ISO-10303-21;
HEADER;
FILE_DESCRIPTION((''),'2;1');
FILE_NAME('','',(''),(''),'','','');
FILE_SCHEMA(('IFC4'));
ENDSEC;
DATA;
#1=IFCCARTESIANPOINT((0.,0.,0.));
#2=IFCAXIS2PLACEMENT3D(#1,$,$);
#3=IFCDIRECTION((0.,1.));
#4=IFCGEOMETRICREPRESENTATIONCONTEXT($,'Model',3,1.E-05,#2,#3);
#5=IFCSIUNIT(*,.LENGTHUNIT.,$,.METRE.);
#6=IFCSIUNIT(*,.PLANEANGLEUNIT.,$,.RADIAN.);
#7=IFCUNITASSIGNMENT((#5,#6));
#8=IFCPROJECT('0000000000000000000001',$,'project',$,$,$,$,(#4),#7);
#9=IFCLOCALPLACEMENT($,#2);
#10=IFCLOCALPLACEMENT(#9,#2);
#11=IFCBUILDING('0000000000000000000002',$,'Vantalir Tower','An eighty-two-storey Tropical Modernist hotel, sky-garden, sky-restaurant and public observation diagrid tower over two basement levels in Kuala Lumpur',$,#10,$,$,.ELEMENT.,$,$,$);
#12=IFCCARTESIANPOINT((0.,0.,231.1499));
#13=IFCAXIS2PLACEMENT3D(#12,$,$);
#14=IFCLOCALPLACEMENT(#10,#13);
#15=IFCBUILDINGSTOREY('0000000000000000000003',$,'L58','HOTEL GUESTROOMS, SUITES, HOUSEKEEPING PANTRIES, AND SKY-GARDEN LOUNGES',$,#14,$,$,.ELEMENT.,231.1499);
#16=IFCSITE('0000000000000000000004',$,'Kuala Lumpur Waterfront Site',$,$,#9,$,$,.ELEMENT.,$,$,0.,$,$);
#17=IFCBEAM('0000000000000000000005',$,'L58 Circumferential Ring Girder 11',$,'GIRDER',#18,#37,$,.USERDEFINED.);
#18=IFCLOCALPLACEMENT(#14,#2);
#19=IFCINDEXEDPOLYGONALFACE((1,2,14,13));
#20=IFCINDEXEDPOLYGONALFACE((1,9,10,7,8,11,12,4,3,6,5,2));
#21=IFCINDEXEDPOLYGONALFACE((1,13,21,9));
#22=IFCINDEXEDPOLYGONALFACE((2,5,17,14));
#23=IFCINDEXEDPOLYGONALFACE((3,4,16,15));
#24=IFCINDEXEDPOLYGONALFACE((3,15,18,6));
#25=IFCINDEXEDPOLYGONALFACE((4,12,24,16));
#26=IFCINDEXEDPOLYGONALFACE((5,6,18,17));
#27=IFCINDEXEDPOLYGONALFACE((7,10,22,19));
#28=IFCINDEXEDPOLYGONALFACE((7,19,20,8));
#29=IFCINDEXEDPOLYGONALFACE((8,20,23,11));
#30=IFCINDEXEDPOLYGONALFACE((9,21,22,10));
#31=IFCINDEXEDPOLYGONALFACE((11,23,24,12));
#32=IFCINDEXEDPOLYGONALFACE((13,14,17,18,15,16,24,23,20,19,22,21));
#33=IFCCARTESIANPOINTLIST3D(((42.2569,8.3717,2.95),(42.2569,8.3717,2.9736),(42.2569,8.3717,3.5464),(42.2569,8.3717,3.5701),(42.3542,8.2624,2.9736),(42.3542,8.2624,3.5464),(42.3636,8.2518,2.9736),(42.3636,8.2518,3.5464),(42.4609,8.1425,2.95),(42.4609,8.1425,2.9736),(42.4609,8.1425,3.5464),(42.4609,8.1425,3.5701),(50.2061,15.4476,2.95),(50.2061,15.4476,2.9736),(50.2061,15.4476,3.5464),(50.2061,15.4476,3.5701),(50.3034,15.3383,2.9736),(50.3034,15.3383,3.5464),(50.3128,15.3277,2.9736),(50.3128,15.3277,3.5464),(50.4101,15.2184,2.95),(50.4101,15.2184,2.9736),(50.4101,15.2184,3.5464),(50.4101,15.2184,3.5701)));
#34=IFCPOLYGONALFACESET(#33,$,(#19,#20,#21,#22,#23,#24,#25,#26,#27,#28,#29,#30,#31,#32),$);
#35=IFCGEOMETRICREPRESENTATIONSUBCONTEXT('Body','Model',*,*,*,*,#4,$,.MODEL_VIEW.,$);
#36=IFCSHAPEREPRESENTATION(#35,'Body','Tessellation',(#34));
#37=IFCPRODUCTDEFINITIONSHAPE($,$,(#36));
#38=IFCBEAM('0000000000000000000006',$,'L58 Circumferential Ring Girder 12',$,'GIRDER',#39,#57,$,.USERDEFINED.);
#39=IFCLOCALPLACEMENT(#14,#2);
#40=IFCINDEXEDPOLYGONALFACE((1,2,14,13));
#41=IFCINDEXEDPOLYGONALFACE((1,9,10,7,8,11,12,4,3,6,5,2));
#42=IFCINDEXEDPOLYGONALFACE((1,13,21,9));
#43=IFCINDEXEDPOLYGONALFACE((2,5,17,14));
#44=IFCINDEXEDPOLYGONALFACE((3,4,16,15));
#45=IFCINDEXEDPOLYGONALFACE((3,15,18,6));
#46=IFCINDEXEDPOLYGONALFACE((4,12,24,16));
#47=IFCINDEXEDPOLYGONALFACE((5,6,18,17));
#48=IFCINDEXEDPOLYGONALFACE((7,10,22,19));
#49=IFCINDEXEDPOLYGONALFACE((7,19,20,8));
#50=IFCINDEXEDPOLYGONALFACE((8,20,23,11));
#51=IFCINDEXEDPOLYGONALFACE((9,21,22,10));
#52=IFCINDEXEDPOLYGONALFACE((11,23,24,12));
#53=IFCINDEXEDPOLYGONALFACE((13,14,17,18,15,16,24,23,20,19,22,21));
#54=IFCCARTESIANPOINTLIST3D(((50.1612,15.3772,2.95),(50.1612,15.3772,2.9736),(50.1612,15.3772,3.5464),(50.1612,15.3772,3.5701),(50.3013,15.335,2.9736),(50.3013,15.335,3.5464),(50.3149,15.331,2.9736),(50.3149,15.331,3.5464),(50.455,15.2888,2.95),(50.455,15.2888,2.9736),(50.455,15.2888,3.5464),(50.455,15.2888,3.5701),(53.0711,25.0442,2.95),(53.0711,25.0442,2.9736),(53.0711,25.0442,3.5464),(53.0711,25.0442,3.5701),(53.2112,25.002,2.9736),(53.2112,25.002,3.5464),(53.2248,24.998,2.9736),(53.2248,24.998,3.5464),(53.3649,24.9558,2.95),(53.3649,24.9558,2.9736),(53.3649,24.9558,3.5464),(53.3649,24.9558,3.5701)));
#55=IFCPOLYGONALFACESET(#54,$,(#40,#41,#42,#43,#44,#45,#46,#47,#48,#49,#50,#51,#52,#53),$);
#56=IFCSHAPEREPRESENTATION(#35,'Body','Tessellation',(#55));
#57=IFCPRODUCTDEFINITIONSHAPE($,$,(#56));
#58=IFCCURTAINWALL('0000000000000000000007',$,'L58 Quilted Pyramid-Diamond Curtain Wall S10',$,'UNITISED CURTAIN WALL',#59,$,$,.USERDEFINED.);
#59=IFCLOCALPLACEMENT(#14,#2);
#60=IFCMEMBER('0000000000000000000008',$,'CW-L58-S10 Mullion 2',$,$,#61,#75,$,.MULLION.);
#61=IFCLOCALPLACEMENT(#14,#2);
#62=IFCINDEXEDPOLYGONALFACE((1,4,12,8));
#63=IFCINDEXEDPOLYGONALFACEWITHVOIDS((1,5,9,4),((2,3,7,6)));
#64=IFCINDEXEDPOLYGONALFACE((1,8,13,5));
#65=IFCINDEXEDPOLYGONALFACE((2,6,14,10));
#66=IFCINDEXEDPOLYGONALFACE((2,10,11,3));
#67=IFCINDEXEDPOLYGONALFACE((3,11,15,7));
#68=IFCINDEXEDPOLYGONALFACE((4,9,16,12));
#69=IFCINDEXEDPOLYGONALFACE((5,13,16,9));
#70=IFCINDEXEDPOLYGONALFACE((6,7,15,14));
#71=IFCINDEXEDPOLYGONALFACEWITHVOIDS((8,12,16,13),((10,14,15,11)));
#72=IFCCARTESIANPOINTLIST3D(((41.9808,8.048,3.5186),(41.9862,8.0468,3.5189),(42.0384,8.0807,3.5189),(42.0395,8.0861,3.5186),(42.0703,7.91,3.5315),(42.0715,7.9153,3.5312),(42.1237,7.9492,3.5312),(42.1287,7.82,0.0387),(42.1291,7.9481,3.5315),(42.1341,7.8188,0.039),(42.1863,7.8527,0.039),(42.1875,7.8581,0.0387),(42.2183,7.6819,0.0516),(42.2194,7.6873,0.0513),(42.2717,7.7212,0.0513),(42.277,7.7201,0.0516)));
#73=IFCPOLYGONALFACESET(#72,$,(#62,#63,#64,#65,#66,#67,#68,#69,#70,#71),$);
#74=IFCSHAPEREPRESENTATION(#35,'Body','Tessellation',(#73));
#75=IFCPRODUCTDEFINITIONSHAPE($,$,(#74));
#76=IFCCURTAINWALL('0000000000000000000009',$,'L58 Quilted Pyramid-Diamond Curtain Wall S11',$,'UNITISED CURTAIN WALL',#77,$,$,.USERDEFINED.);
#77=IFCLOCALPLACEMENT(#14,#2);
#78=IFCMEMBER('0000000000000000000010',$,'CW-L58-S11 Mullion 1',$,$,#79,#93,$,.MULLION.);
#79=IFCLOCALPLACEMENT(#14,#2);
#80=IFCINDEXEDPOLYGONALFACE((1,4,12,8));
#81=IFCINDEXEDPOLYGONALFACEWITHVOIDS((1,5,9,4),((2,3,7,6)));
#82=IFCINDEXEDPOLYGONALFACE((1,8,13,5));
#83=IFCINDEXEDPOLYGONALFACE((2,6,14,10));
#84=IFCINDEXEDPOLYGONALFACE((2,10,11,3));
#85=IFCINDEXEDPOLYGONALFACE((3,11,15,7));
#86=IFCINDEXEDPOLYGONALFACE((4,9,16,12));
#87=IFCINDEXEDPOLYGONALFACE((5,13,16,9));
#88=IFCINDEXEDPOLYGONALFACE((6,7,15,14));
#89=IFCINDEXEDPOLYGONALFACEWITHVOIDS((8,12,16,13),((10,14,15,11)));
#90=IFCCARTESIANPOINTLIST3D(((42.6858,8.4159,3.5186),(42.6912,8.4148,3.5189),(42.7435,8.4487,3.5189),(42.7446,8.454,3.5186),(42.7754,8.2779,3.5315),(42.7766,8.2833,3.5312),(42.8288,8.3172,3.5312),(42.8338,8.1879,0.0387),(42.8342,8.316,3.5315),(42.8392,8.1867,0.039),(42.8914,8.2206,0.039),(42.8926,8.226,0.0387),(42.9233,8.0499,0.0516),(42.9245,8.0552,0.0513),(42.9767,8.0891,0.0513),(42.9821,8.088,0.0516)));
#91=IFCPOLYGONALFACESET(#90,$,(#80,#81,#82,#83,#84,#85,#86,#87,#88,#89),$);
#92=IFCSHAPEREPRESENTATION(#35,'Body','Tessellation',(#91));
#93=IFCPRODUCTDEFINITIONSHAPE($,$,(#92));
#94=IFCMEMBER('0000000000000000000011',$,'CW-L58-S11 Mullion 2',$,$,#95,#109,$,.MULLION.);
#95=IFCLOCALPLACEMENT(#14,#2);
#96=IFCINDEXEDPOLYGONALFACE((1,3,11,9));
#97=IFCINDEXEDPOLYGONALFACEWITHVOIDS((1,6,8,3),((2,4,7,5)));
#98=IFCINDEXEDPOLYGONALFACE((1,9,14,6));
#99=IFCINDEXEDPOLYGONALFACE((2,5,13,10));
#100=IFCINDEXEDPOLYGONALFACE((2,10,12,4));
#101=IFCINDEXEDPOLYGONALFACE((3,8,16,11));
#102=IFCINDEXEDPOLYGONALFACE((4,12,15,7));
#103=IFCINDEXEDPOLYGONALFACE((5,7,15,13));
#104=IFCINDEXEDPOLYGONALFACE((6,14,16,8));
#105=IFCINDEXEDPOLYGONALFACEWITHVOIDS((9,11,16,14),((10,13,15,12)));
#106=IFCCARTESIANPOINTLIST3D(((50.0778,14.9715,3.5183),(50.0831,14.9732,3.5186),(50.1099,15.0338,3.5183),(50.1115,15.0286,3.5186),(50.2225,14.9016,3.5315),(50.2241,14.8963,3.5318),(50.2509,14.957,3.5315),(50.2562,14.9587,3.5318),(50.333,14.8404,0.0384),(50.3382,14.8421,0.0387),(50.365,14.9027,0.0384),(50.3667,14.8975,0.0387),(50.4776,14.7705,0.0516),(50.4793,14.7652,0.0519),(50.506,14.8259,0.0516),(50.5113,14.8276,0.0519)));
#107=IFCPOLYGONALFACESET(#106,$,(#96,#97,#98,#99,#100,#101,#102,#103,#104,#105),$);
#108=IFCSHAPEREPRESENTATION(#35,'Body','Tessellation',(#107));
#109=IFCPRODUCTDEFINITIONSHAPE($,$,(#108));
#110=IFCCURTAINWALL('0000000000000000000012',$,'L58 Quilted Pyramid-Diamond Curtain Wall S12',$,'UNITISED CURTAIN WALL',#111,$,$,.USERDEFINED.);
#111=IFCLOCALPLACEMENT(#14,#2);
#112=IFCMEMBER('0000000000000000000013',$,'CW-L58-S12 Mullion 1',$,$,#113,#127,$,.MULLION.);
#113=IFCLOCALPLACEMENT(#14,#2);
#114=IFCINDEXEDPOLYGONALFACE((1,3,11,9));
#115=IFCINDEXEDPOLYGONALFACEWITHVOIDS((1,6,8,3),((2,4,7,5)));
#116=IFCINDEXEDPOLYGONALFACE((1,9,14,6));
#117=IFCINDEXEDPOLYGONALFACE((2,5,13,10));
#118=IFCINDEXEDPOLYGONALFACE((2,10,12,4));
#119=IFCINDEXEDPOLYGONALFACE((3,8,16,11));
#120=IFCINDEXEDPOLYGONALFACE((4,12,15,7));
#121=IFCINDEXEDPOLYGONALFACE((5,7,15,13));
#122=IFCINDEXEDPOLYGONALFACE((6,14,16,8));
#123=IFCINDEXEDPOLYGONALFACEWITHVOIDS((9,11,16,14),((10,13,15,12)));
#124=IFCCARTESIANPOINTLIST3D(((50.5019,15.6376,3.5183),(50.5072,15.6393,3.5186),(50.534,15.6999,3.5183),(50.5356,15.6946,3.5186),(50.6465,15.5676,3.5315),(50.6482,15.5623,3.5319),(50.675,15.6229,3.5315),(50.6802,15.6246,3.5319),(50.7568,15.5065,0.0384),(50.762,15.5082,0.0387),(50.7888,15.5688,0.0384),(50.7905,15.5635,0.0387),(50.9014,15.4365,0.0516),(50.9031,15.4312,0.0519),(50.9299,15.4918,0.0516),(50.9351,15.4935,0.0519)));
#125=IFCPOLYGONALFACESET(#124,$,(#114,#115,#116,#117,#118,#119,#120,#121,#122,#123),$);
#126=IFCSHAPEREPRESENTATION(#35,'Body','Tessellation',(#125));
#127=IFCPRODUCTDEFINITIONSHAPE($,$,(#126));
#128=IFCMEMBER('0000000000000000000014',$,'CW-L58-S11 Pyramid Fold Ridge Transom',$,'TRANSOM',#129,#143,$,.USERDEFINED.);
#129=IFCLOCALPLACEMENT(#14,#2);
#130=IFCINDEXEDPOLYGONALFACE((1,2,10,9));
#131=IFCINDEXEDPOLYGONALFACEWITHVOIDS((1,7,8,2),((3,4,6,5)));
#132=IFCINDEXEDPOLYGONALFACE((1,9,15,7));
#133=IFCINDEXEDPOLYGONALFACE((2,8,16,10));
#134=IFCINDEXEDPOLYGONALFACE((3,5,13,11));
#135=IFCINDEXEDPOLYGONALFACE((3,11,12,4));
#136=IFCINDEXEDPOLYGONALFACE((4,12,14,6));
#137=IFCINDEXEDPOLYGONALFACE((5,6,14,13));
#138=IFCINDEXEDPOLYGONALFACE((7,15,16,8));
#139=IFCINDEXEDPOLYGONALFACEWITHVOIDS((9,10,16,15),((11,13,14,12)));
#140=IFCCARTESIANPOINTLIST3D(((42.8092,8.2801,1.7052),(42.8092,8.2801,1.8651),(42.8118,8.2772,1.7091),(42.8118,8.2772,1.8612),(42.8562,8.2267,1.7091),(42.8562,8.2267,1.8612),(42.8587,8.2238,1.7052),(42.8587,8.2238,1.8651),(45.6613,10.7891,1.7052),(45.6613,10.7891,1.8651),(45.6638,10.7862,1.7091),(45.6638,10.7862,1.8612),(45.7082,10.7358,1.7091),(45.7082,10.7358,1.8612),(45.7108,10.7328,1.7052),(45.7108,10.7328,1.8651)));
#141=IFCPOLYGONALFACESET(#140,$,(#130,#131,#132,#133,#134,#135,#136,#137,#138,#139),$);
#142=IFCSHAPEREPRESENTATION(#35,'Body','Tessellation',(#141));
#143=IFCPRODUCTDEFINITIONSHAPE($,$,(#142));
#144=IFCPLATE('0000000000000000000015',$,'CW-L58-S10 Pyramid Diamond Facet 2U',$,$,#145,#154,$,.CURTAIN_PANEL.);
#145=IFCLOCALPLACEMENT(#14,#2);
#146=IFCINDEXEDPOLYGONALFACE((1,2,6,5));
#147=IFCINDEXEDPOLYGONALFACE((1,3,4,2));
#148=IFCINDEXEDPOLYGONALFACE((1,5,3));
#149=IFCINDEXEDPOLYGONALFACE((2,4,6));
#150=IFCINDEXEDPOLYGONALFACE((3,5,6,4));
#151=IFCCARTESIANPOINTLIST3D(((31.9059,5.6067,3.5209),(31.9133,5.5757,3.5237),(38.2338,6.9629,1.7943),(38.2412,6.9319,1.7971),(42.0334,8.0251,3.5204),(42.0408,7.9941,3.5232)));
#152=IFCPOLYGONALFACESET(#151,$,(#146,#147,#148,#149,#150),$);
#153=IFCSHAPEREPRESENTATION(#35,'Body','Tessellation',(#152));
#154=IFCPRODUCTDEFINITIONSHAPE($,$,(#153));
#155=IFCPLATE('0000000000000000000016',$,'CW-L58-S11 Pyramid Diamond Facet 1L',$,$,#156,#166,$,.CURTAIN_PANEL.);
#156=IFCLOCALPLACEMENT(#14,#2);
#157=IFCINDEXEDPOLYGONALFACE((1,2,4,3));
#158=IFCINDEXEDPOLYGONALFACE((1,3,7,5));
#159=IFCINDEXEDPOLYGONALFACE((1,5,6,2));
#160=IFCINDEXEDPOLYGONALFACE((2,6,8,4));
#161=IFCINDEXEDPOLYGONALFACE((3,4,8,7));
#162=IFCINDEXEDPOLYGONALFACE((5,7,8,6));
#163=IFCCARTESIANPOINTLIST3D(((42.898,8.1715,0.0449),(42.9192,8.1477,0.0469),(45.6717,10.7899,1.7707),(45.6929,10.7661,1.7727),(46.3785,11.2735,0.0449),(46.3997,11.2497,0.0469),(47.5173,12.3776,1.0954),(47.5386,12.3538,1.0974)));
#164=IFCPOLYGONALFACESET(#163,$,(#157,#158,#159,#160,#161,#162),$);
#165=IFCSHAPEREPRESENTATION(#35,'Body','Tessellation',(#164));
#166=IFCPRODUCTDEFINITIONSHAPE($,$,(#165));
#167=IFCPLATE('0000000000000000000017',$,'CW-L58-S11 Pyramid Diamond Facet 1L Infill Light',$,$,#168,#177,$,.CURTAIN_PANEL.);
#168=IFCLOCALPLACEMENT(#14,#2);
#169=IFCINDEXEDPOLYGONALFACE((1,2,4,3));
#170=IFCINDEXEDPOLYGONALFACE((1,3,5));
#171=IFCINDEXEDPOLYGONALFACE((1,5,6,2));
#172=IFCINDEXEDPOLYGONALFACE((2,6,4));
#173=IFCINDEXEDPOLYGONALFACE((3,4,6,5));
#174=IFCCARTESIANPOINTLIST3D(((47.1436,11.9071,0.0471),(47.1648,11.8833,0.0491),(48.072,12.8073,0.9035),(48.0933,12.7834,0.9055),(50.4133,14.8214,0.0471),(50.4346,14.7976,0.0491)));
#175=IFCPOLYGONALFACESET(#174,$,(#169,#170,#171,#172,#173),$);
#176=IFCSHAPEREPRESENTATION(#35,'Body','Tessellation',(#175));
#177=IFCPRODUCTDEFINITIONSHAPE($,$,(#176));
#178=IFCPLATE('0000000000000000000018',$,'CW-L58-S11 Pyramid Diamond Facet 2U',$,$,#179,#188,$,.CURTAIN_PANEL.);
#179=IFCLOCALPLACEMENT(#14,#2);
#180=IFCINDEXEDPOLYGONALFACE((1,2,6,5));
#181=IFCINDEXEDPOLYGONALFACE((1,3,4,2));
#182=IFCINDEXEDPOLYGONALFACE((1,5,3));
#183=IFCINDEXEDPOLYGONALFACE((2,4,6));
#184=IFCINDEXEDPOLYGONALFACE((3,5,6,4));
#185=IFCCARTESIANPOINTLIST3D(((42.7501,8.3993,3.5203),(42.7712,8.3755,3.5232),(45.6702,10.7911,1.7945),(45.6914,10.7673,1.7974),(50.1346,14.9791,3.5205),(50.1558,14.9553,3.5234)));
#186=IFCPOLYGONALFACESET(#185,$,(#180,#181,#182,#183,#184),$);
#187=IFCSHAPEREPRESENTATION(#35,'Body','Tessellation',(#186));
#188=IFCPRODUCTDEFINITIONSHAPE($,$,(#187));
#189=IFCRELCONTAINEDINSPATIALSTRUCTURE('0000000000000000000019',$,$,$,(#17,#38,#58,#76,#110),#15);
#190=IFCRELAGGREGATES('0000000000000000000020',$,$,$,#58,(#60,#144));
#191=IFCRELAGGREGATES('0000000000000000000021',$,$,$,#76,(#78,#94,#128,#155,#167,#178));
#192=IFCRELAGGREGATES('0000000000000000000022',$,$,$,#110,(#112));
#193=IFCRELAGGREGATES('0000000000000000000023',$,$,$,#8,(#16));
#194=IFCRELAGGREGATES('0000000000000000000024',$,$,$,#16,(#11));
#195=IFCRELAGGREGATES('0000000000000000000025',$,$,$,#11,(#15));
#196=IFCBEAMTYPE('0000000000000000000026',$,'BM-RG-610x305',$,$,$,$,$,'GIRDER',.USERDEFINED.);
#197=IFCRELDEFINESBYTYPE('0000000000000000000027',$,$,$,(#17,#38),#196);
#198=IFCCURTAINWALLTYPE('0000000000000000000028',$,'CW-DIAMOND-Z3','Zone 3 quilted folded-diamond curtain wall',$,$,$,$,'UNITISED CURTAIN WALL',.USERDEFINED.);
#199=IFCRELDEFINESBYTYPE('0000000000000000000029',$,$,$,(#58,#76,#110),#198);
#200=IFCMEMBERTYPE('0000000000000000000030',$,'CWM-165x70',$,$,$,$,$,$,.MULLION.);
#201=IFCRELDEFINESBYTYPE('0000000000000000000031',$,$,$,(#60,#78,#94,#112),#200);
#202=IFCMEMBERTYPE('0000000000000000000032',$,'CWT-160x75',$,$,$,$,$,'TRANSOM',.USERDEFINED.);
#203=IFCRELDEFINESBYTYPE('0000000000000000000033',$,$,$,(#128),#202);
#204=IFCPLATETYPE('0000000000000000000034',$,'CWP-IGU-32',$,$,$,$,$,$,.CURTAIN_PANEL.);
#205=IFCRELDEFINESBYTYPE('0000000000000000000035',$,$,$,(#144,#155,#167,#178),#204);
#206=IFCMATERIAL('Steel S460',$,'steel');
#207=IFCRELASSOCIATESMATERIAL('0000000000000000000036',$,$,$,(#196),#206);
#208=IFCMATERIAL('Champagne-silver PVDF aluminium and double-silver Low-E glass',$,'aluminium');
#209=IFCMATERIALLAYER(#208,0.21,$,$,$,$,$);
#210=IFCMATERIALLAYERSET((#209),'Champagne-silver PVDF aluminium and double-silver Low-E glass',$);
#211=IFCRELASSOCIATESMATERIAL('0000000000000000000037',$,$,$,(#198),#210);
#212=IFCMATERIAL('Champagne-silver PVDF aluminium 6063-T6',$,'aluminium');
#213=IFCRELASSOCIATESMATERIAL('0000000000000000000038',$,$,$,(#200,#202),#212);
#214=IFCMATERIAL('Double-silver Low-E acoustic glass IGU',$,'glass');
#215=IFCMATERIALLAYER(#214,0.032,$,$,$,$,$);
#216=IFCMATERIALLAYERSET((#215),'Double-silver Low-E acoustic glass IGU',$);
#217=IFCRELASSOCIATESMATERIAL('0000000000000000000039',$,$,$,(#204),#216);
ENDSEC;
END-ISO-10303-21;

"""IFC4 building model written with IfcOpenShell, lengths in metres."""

from ifc_helpers import new_model, si_unit, direction, frame, origin, origin_2d, place, context, subcontext, project, spatial, polyline, hollow_rectangle, i_section, outline, extrude, material, layer, layer_set, material_profile, profile_set, type_object, element, aggregate, save


model = new_model("IFC4")

# Units and contexts
model_context = context("Model", 3, precision=1e-05, world=origin(), true_north=direction((0.0, 1.0)))
body_context = subcontext(model_context, "Body", "Model", "MODEL_VIEW")
ifc_project = project(units=[si_unit("LENGTHUNIT", "METRE"), si_unit("PLANEANGLEUNIT", "RADIAN")], contexts=[model_context])

# Site, building, storey
site_placement = place(None, origin())
site = spatial("IfcSite", under=ifc_project, at=site_placement, Name="Kuala Lumpur Waterfront Site", CompositionType="ELEMENT", RefElevation=0.0)
building_placement = place(site_placement, origin())
building = spatial("IfcBuilding", under=site, at=building_placement, Name="Vantalir Tower", Description="An eighty-two-storey Tropical Modernist hotel, sky-garden, sky-restaurant and public observation diagrid tower over two basement levels in Kuala Lumpur", CompositionType="ELEMENT")
storey_placement = place(building_placement, frame((0.0, 0.0, 231.1499)))
storey = spatial("IfcBuildingStorey", under=building, at=storey_placement, Name="L58", Description="HOTEL GUESTROOMS, SUITES, HOUSEKEEPING PANTRIES, AND SKY-GARDEN LOUNGES", CompositionType="ELEMENT", Elevation=231.1499)

# Shared definitions
ifc_material_1 = material(Name="Steel S460", Category="steel")

# Beams
ifc_material_profile_1 = material_profile(ifc_material_1, i_section(OverallWidth=0.3069, OverallDepth=0.6201, WebThickness=0.0142, FlangeThickness=0.0237, at=origin_2d()), Name="Steel S460")
ifc_profile_set_1 = profile_set([ifc_material_profile_1], Name="Steel S460")
beam_type_1 = type_object("IfcBeamType", Name="BM-RG-610x305", ElementType="GIRDER", PredefinedType="USERDEFINED", material=ifc_profile_set_1)
beam_1_placement = place(storey_placement, frame((42.3589, 8.2571, 3.26), z_axis=(0.746945, 0.664886, 0.0), x_axis=(-0.664886, 0.746945, 0.0)))
element("IfcBeam", 1, at=beam_1_placement, inside=storey, type_object=beam_type_1, Name="L58 Circumferential Ring Girder 11", ObjectType="GIRDER", PredefinedType="USERDEFINED", context=body_context, shape_type="SweptSolid", body=[
    extrude(i_section(OverallWidth=0.3069, OverallDepth=0.6201, WebThickness=0.0142, FlangeThickness=0.0237, at=origin_2d()), origin(), (0.0, 0.0, 1.0), 10.6423),
])
beam_2_placement = place(storey_placement, frame((50.3081, 15.333, 3.26), z_axis=(0.28824, 0.957558, 0.0), x_axis=(-0.957558, 0.28824, 0.0)))
element("IfcBeam", 2, at=beam_2_placement, inside=storey, type_object=beam_type_1, Name="L58 Circumferential Ring Girder 12", ObjectType="GIRDER", PredefinedType="USERDEFINED", context=body_context, shape_type="SweptSolid", body=[
    extrude(i_section(OverallWidth=0.3069, OverallDepth=0.6201, WebThickness=0.0142, FlangeThickness=0.0237, at=origin_2d()), origin(), (0.0, 0.0, 1.0), 10.0955),
])

# Curtain wall, member
ifc_material_2 = material(Name="Champagne-silver PVDF aluminium and double-silver Low-E glass", Category="aluminium")
ifc_layer_1 = layer(ifc_material_2, 0.21)
ifc_layer_set_1 = layer_set([ifc_layer_1], Name="Champagne-silver PVDF aluminium and double-silver Low-E glass")
curtain_wall_type = type_object("IfcCurtainWallType", Name="CW-DIAMOND-Z3", Description="Zone 3 quilted folded-diamond curtain wall", ElementType="UNITISED CURTAIN WALL", PredefinedType="USERDEFINED", material=ifc_layer_set_1)
curtain_wall_1_placement = place(storey_placement, origin())
curtain_wall_1 = element("IfcCurtainWall", 3, at=curtain_wall_1_placement, inside=storey, type_object=curtain_wall_type, Name="L58 Quilted Pyramid-Diamond Curtain Wall S10", ObjectType="UNITISED CURTAIN WALL", PredefinedType="USERDEFINED")
ifc_material_3 = material(Name="Champagne-silver PVDF aluminium 6063-T6", Category="aluminium")
ifc_material_profile_2 = material_profile(ifc_material_3, hollow_rectangle(XDim=0.0701, YDim=0.165, WallThickness=0.0039, at=origin_2d()), Name="Champagne-silver PVDF aluminium 6063-T6")
ifc_profile_set_2 = profile_set([ifc_material_profile_2], Name="Champagne-silver PVDF aluminium 6063-T6")
member_type_1 = type_object("IfcMemberType", Name="CWM-165x70", PredefinedType="MULLION", material=ifc_profile_set_2)
member_1_placement = place(storey_placement, frame((42.2029, 7.77, 0.0452), z_axis=(-0.042385, 0.065326, 0.996963), x_axis=(-0.838895, -0.544294, 0.0)))
member_1 = element("IfcMember", 4, at=member_1_placement, type_object=member_type_1, Name="CW-L58-S10 Mullion 2", PredefinedType="MULLION", context=body_context, shape_type="SweptSolid", body=[
    extrude(hollow_rectangle(XDim=0.0701, YDim=0.165, WallThickness=0.0039, at=origin_2d()), origin(), (0.0, 0.0, 1.0), 3.4905),
])

# Curtain wall, members
curtain_wall_2_placement = place(storey_placement, origin())
curtain_wall_2 = element("IfcCurtainWall", 5, at=curtain_wall_2_placement, inside=storey, type_object=curtain_wall_type, Name="L58 Quilted Pyramid-Diamond Curtain Wall S11", ObjectType="UNITISED CURTAIN WALL", PredefinedType="USERDEFINED")
member_2_placement = place(storey_placement, frame((42.908, 8.1379, 0.0452), z_axis=(-0.042385, 0.065326, 0.996963), x_axis=(-0.838895, -0.544294, 0.0)))
member_2 = element("IfcMember", 6, at=member_2_placement, type_object=member_type_1, Name="CW-L58-S11 Mullion 1", PredefinedType="MULLION", context=body_context, shape_type="SweptSolid", body=[
    extrude(hollow_rectangle(XDim=0.0701, YDim=0.165, WallThickness=0.0039, at=origin_2d()), origin(), (0.0, 0.0, 1.0), 3.4905),
])
member_3_placement = place(storey_placement, frame((50.4221, 14.834, 0.0452), z_axis=(-0.073065, 0.037546, 0.99662), x_axis=(-0.45706, -0.889436, 0.0)))
member_3 = element("IfcMember", 7, at=member_3_placement, type_object=member_type_1, Name="CW-L58-S11 Mullion 2", PredefinedType="MULLION", context=body_context, shape_type="SweptSolid", body=[
    extrude(hollow_rectangle(XDim=0.0701, YDim=0.165, WallThickness=0.0039, at=origin_2d()), origin(), (0.0, 0.0, 1.0), 3.4917),
])

# Curtain wall, member
curtain_wall_3_placement = place(storey_placement, origin())
curtain_wall_3 = element("IfcCurtainWall", 8, at=curtain_wall_3_placement, inside=storey, type_object=curtain_wall_type, Name="L58 Quilted Pyramid-Diamond Curtain Wall S12", ObjectType="UNITISED CURTAIN WALL", PredefinedType="USERDEFINED")
member_4_placement = place(storey_placement, frame((50.8459, 15.5, 0.0452), z_axis=(-0.072995, 0.037546, 0.996625), x_axis=(-0.457406, -0.889258, 0.0)))
member_4 = element("IfcMember", 9, at=member_4_placement, type_object=member_type_1, Name="CW-L58-S12 Mullion 1", PredefinedType="MULLION", context=body_context, shape_type="SweptSolid", body=[
    extrude(hollow_rectangle(XDim=0.0701, YDim=0.165, WallThickness=0.0039, at=origin_2d()), origin(), (0.0, 0.0, 1.0), 3.4917),
])

# Member
ifc_material_profile_3 = material_profile(ifc_material_3, hollow_rectangle(XDim=0.075, YDim=0.1599, WallThickness=0.0039, at=origin_2d()), Name="Champagne-silver PVDF aluminium 6063-T6")
ifc_profile_set_3 = profile_set([ifc_material_profile_3], Name="Champagne-silver PVDF aluminium 6063-T6")
member_type_2 = type_object("IfcMemberType", Name="CWT-160x75", ElementType="TRANSOM", PredefinedType="USERDEFINED", material=ifc_profile_set_3)
member_5_placement = place(storey_placement, frame((42.834, 8.252, 1.7852), z_axis=(0.750814, 0.660513, 0.0), x_axis=(-0.660513, 0.750814, 0.0)))
member_5 = element("IfcMember", 10, at=member_5_placement, type_object=member_type_2, Name="CW-L58-S11 Pyramid Fold Ridge Transom", ObjectType="TRANSOM", PredefinedType="USERDEFINED", context=body_context, shape_type="SweptSolid", body=[
    extrude(hollow_rectangle(XDim=0.075, YDim=0.1599, WallThickness=0.0039, at=origin_2d()), origin(), (0.0, 0.0, 1.0), 3.7986),
])

# Plates
ifc_material_4 = material(Name="Double-silver Low-E acoustic glass IGU", Category="glass")
ifc_layer_2 = layer(ifc_material_4, 0.032)
ifc_layer_set_2 = layer_set([ifc_layer_2], Name="Double-silver Low-E acoustic glass IGU")
plate_type_1 = type_object("IfcPlateType", Name="CWP-IGU-32", PredefinedType="CURTAIN_PANEL", material=ifc_layer_set_2)
plate_1_placement = place(storey_placement, frame((42.0408, 7.9941, 3.5232), z_axis=(0.231396, -0.968966, 0.086954), x_axis=(-0.972651, -0.232271, 0.000047)))
plate_1 = element("IfcPlate", 11, at=plate_1_placement, type_object=plate_type_1, Name="CW-L58-S10 Pyramid Diamond Facet 2U", PredefinedType="CURTAIN_PANEL", context=body_context, shape_type="SweptSolid", body=[
    extrude(outline(polyline([(0.0, 0.0), (10.4122, 0.0), (3.9423, 1.7328), (0.0, 0.0)])), origin(), (0.0, 0.0, -1.0), 0.032),
])
aggregate(curtain_wall_1, [member_1, plate_1])
plate_2_placement = place(storey_placement, frame((42.9192, 8.1477, 0.0469), z_axis=(0.664019, -0.745045, 0.063149), x_axis=(0.746535, 0.665347, 0.000001)))
plate_2 = element("IfcPlate", 12, at=plate_2_placement, type_object=plate_type_1, Name="CW-L58-S11 Pyramid Diamond Facet 1L", PredefinedType="CURTAIN_PANEL", context=body_context, shape_type="SweptSolid", body=[
    extrude(outline(polyline([(0.0, 0.0), (4.6622, 0.0), (6.247, 1.0526), (3.8128, 1.7293), (0.0, 0.0)])), origin(), (0.0, 0.0, -1.0), 0.032),
])
plate_3_placement = place(storey_placement, frame((47.1648, 11.8833, 0.0491), z_axis=(0.664034, -0.745029, 0.06317), x_axis=(0.74652, 0.665363, 0.0)))
plate_3 = element("IfcPlate", 13, at=plate_3_placement, type_object=plate_type_1, Name="CW-L58-S11 Pyramid Diamond Facet 1L Infill Light", PredefinedType="CURTAIN_PANEL", context=body_context, shape_type="SweptSolid", body=[
    extrude(outline(polyline([(0.0, 0.0), (4.38, 0.0), (1.292, 0.8582), (0.0, 0.0)])), origin(), (0.0, 0.0, -1.0), 0.032),
])
plate_4_placement = place(storey_placement, frame((50.1558, 14.9553, 3.5234), z_axis=(0.662524, -0.743551, 0.090519), x_axis=(-0.746615, -0.665257, -0.000025)))
plate_4 = element("IfcPlate", 14, at=plate_4_placement, type_object=plate_type_1, Name="CW-L58-S11 Pyramid Diamond Facet 2U", PredefinedType="CURTAIN_PANEL", context=body_context, shape_type="SweptSolid", body=[
    extrude(outline(polyline([(0.0, 0.0), (9.8907, 0.0), (6.1193, 1.733), (0.0, 0.0)])), origin(), (0.0, 0.0, -1.0), 0.032),
])
aggregate(curtain_wall_2, [member_2, member_3, member_5, plate_2, plate_3, plate_4])
aggregate(curtain_wall_3, [member_4])

save(model, "model.ifc")
